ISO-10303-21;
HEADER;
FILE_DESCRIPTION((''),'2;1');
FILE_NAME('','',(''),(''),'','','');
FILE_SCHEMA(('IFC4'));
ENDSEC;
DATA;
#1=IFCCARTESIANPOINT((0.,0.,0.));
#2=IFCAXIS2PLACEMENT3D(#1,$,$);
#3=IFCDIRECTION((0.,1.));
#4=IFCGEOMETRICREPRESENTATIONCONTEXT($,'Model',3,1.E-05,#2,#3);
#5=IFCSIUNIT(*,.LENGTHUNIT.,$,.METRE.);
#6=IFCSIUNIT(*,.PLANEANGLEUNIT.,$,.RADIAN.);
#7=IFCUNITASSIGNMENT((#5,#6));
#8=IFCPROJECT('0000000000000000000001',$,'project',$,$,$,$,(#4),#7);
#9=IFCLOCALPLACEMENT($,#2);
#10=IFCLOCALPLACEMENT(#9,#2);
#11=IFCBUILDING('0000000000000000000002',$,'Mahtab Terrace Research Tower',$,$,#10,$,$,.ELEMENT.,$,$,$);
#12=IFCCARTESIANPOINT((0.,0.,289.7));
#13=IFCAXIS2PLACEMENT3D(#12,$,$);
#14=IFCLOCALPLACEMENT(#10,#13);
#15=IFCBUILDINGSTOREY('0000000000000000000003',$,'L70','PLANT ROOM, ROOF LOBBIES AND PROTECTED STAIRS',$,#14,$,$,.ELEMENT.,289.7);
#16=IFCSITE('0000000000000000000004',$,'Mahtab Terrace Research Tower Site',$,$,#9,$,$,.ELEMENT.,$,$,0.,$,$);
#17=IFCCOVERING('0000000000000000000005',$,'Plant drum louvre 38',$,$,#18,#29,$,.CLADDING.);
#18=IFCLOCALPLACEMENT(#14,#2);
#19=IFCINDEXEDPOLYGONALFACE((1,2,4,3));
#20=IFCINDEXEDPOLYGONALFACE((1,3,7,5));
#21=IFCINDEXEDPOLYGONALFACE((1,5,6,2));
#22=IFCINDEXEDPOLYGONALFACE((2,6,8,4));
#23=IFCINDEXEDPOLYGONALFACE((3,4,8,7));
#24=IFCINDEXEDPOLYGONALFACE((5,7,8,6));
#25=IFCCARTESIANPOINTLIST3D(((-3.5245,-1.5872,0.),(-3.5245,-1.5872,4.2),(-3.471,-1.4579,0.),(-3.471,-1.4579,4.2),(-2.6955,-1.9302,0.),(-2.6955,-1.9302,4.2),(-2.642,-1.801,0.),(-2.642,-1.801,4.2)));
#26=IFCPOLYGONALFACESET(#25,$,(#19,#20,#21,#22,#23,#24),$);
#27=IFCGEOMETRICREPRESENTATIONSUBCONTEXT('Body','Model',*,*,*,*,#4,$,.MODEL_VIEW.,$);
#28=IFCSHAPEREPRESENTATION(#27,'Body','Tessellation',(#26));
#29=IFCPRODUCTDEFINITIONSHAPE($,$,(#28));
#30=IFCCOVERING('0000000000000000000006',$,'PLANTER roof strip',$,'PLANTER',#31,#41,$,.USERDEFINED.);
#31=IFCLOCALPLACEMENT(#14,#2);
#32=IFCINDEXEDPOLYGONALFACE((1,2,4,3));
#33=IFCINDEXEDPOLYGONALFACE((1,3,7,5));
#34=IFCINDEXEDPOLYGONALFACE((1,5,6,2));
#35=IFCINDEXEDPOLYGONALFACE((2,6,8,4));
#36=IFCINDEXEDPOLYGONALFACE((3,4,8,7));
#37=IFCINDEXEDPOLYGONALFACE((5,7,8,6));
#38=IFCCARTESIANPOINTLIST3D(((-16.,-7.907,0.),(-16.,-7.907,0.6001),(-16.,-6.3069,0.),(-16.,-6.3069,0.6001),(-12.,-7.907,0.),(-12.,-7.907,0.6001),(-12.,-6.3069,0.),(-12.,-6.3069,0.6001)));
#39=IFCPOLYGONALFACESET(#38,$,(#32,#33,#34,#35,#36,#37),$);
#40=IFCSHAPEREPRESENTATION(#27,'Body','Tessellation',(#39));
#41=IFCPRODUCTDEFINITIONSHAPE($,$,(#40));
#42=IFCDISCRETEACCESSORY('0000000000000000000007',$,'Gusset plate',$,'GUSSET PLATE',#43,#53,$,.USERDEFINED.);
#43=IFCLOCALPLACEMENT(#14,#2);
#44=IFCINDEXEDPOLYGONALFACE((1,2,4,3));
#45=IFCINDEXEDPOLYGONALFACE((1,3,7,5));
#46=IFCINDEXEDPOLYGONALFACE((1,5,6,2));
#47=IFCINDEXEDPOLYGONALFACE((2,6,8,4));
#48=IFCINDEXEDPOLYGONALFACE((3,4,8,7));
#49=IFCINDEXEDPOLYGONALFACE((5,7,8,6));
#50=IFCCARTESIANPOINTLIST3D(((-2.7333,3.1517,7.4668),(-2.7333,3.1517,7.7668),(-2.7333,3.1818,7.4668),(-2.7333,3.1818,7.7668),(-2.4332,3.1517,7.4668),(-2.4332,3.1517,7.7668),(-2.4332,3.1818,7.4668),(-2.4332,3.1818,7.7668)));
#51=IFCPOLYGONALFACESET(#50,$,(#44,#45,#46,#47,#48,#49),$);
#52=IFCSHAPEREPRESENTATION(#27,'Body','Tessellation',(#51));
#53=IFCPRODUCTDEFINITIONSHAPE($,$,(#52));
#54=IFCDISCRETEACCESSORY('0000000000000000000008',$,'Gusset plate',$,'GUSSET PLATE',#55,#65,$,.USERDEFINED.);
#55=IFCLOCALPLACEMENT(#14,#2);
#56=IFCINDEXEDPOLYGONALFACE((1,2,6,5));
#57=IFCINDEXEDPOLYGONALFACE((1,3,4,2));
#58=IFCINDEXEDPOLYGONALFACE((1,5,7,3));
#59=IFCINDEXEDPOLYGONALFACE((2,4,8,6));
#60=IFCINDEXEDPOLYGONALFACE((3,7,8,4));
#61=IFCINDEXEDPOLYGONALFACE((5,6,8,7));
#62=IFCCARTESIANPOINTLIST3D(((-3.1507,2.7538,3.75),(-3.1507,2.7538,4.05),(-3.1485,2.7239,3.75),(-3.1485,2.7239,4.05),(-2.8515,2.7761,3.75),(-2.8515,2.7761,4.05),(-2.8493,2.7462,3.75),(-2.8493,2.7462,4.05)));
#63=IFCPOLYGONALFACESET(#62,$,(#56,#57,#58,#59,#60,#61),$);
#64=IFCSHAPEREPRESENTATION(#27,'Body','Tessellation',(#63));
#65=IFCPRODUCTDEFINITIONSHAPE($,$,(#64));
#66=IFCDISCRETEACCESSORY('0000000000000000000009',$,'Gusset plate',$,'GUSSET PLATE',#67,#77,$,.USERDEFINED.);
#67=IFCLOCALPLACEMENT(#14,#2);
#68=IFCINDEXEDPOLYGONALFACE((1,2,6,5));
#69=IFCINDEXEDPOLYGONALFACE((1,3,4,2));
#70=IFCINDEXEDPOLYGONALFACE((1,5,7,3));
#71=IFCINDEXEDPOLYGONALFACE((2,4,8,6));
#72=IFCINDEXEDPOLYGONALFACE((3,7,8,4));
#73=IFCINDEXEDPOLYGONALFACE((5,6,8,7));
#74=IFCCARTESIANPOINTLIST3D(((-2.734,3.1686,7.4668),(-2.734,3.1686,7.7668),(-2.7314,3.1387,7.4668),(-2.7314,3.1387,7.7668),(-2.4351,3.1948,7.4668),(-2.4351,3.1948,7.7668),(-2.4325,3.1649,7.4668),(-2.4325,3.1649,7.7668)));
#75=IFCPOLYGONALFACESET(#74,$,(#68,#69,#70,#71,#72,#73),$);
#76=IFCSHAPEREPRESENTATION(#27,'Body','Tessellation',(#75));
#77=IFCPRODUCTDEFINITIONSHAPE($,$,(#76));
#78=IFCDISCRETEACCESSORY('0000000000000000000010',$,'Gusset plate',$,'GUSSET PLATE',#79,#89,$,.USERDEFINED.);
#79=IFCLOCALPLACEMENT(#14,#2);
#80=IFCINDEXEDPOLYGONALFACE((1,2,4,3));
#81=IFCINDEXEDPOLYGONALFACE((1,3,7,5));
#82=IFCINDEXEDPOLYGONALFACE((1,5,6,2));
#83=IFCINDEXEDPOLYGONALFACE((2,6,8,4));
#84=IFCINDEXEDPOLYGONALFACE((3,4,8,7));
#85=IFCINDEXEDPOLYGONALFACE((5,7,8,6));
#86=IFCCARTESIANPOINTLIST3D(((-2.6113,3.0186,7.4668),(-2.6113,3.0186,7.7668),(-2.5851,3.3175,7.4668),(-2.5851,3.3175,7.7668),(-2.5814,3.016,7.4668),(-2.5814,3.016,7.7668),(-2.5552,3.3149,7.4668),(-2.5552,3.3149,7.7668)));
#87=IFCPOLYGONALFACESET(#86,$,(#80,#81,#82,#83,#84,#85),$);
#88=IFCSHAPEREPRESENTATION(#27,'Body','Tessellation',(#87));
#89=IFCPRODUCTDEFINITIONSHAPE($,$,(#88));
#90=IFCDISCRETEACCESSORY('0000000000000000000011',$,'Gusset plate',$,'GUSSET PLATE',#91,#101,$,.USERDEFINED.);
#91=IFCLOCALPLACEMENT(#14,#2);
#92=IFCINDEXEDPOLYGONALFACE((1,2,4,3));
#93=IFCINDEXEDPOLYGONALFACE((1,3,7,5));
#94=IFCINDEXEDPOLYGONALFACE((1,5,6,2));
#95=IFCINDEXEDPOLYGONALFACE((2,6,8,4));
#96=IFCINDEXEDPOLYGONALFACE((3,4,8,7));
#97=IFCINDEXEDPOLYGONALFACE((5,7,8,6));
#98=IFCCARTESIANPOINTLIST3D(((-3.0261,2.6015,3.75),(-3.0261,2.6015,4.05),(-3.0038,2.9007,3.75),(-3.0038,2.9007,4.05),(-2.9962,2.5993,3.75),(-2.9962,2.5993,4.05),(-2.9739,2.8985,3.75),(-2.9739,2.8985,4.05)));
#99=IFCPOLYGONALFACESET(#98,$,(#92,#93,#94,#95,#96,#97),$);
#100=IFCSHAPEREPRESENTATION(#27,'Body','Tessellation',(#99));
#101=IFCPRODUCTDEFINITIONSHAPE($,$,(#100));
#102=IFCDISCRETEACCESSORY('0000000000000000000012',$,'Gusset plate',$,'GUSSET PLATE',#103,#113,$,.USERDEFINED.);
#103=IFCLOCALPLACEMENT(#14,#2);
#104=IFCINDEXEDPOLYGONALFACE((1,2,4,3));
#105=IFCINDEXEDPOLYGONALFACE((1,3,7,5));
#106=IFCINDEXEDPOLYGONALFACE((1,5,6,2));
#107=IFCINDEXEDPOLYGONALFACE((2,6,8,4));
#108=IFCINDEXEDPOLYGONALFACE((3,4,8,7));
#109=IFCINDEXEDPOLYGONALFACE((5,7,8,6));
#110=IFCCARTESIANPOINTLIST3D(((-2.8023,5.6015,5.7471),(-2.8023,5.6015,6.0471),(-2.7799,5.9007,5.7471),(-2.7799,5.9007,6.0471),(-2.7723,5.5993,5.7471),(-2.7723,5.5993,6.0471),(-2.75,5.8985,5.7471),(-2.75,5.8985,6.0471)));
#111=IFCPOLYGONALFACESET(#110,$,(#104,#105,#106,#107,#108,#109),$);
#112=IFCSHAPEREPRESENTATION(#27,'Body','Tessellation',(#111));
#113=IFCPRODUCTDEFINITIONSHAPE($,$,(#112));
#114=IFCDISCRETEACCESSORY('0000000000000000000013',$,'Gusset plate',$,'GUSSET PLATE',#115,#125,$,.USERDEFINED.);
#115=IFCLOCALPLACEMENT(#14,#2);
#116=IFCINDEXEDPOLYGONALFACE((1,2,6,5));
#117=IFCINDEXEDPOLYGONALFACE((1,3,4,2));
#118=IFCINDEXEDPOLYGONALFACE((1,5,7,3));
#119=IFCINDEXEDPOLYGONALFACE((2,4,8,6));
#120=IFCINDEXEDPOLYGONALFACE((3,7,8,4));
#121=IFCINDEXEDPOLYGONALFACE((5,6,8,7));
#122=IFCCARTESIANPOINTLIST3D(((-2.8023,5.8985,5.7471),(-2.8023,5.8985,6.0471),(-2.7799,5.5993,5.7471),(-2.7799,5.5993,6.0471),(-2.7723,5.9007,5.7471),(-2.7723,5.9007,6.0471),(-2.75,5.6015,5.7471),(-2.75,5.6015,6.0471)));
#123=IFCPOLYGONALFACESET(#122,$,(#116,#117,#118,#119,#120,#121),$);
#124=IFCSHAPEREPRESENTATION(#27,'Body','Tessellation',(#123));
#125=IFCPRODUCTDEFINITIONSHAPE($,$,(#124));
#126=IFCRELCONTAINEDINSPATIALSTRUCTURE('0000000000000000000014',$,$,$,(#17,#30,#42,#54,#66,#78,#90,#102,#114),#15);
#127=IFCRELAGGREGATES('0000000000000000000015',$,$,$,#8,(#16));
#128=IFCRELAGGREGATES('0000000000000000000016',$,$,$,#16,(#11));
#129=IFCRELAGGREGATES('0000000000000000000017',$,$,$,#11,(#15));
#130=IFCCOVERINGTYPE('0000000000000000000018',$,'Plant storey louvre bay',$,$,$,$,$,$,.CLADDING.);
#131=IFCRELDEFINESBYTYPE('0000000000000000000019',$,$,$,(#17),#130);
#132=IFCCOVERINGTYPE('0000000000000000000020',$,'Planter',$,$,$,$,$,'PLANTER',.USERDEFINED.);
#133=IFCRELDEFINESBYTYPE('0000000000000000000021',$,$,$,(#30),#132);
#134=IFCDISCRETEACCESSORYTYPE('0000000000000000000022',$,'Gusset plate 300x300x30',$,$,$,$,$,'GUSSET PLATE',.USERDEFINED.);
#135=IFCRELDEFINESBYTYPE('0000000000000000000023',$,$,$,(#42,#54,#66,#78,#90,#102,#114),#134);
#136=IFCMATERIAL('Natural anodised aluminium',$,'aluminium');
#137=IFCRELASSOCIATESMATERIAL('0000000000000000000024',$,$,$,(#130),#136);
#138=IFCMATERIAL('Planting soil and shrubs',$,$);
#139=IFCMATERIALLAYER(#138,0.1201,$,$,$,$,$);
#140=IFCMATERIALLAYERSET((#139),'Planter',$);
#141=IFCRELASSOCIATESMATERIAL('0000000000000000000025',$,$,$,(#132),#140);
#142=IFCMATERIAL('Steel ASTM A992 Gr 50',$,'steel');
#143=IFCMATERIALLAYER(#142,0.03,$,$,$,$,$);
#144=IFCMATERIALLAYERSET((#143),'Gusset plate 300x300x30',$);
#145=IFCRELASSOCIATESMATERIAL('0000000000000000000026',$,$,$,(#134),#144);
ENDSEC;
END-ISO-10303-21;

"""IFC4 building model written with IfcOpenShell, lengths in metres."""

from ifc_helpers import new_model, si_unit, direction, frame, origin, origin_2d, place, context, subcontext, project, spatial, rectangle, extrude, material, layer, layer_set, type_object, element, save


model = new_model("IFC4")

# Units and contexts
model_context = context("Model", 3, precision=1e-05, world=origin(), true_north=direction((0.0, 1.0)))
body_context = subcontext(model_context, "Body", "Model", "MODEL_VIEW")
ifc_project = project(units=[si_unit("LENGTHUNIT", "METRE"), si_unit("PLANEANGLEUNIT", "RADIAN")], contexts=[model_context])

# Site, building, storey
site_placement = place(None, origin())
site = spatial("IfcSite", under=ifc_project, at=site_placement, Name="Mahtab Terrace Research Tower Site", CompositionType="ELEMENT", RefElevation=0.0)
building_placement = place(site_placement, origin())
building = spatial("IfcBuilding", under=site, at=building_placement, Name="Mahtab Terrace Research Tower", CompositionType="ELEMENT")
storey_placement = place(building_placement, frame((0.0, 0.0, 289.7)))
storey = spatial("IfcBuildingStorey", under=building, at=storey_placement, Name="L70", Description="PLANT ROOM, ROOF LOBBIES AND PROTECTED STAIRS", CompositionType="ELEMENT", Elevation=289.7)

# Shared definitions
ifc_material_1 = material(Name="Steel ASTM A992 Gr 50", Category="steel")

# Coverings
ifc_material_2 = material(Name="Natural anodised aluminium", Category="aluminium")
covering_type_1 = type_object("IfcCoveringType", Name="Plant storey louvre bay", PredefinedType="CLADDING", material=ifc_material_2)
covering_1_placement = place(storey_placement, frame((-3.0833, -1.6941, 0.0), z_axis=(0.0, 0.0, 1.0), x_axis=(0.92403, -0.382319, 0.0)))
element("IfcCovering", 1, at=covering_1_placement, inside=storey, type_object=covering_type_1, Name="Plant drum louvre 38", PredefinedType="CLADDING", context=body_context, shape_type="SweptSolid", body=[
    extrude(rectangle(XDim=0.8972, YDim=0.1399, at=origin_2d()), origin(), (0.0, 0.0, 1.0), 4.2),
])
ifc_material_3 = material(Name="Planting soil and shrubs")
ifc_layer_1 = layer(ifc_material_3, 0.1201)
ifc_layer_set_1 = layer_set([ifc_layer_1], Name="Planter")
covering_type_2 = type_object("IfcCoveringType", Name="Planter", ElementType="PLANTER", PredefinedType="USERDEFINED", material=ifc_layer_set_1)
covering_2_placement = place(storey_placement, frame((-14.0, -7.1069, 0.0), z_axis=(0.0, 0.0, 1.0), x_axis=(1.0, 0.0, 0.0)))
element("IfcCovering", 2, at=covering_2_placement, inside=storey, type_object=covering_type_2, Name="PLANTER roof strip", ObjectType="PLANTER", PredefinedType="USERDEFINED", context=body_context, shape_type="SweptSolid", body=[
    extrude(rectangle(XDim=4.0, YDim=1.6001, at=origin_2d()), origin(), (0.0, 0.0, 1.0), 0.6001),
])

# Discrete accessories
ifc_layer_2 = layer(ifc_material_1, 0.03)
ifc_layer_set_2 = layer_set([ifc_layer_2], Name="Gusset plate 300x300x30")
discrete_accessory_type = type_object("IfcDiscreteAccessoryType", Name="Gusset plate 300x300x30", ElementType="GUSSET PLATE", PredefinedType="USERDEFINED", material=ifc_layer_set_2)
for number, where, z_axis, x_axis, name in (
    (3, (-2.5833, 3.1667, 7.4668), (0.0, 0.0, 1.0), (1.0, 0.0, 0.0), "Gusset plate"),
    (4, (-3.0, 2.75, 3.75), (0.0, 0.0, 1.0), (0.997227, 0.074422, 0.0), "Gusset plate"),
    (5, (-2.5833, 3.1667, 7.4668), (0.0, 0.0, 1.0), (0.996175, 0.087382, 0.0), "Gusset plate"),
    (6, (-2.5833, 3.1667, 7.4668), (0.0, 0.0, 1.0), (0.087399, 0.996173, 0.0), "Gusset plate"),
    (7, (-3.0, 2.75, 3.75), (0.0, 0.0, 1.0), (0.074422, 0.997227, 0.0), "Gusset plate"),
    (8, (-2.7761, 5.75, 5.7471), (0.0, 0.0, 1.0), (0.074422, 0.997227, 0.0), "Gusset plate"),
    (9, (-2.7761, 5.75, 5.7471), (0.0, 0.0, 1.0), (-0.074422, 0.997227, 0.0), "Gusset plate"),
):
    element("IfcDiscreteAccessory", number, at=place(storey_placement, frame(where, z_axis=z_axis, x_axis=x_axis)), inside=storey, type_object=discrete_accessory_type, Name=name, ObjectType="GUSSET PLATE", PredefinedType="USERDEFINED", context=body_context, shape_type="SweptSolid", body=[
        extrude(rectangle(XDim=0.3, YDim=0.03, at=origin_2d()), origin(), (0.0, 0.0, 1.0), 0.3),
    ])

save(model, "model.ifc")
